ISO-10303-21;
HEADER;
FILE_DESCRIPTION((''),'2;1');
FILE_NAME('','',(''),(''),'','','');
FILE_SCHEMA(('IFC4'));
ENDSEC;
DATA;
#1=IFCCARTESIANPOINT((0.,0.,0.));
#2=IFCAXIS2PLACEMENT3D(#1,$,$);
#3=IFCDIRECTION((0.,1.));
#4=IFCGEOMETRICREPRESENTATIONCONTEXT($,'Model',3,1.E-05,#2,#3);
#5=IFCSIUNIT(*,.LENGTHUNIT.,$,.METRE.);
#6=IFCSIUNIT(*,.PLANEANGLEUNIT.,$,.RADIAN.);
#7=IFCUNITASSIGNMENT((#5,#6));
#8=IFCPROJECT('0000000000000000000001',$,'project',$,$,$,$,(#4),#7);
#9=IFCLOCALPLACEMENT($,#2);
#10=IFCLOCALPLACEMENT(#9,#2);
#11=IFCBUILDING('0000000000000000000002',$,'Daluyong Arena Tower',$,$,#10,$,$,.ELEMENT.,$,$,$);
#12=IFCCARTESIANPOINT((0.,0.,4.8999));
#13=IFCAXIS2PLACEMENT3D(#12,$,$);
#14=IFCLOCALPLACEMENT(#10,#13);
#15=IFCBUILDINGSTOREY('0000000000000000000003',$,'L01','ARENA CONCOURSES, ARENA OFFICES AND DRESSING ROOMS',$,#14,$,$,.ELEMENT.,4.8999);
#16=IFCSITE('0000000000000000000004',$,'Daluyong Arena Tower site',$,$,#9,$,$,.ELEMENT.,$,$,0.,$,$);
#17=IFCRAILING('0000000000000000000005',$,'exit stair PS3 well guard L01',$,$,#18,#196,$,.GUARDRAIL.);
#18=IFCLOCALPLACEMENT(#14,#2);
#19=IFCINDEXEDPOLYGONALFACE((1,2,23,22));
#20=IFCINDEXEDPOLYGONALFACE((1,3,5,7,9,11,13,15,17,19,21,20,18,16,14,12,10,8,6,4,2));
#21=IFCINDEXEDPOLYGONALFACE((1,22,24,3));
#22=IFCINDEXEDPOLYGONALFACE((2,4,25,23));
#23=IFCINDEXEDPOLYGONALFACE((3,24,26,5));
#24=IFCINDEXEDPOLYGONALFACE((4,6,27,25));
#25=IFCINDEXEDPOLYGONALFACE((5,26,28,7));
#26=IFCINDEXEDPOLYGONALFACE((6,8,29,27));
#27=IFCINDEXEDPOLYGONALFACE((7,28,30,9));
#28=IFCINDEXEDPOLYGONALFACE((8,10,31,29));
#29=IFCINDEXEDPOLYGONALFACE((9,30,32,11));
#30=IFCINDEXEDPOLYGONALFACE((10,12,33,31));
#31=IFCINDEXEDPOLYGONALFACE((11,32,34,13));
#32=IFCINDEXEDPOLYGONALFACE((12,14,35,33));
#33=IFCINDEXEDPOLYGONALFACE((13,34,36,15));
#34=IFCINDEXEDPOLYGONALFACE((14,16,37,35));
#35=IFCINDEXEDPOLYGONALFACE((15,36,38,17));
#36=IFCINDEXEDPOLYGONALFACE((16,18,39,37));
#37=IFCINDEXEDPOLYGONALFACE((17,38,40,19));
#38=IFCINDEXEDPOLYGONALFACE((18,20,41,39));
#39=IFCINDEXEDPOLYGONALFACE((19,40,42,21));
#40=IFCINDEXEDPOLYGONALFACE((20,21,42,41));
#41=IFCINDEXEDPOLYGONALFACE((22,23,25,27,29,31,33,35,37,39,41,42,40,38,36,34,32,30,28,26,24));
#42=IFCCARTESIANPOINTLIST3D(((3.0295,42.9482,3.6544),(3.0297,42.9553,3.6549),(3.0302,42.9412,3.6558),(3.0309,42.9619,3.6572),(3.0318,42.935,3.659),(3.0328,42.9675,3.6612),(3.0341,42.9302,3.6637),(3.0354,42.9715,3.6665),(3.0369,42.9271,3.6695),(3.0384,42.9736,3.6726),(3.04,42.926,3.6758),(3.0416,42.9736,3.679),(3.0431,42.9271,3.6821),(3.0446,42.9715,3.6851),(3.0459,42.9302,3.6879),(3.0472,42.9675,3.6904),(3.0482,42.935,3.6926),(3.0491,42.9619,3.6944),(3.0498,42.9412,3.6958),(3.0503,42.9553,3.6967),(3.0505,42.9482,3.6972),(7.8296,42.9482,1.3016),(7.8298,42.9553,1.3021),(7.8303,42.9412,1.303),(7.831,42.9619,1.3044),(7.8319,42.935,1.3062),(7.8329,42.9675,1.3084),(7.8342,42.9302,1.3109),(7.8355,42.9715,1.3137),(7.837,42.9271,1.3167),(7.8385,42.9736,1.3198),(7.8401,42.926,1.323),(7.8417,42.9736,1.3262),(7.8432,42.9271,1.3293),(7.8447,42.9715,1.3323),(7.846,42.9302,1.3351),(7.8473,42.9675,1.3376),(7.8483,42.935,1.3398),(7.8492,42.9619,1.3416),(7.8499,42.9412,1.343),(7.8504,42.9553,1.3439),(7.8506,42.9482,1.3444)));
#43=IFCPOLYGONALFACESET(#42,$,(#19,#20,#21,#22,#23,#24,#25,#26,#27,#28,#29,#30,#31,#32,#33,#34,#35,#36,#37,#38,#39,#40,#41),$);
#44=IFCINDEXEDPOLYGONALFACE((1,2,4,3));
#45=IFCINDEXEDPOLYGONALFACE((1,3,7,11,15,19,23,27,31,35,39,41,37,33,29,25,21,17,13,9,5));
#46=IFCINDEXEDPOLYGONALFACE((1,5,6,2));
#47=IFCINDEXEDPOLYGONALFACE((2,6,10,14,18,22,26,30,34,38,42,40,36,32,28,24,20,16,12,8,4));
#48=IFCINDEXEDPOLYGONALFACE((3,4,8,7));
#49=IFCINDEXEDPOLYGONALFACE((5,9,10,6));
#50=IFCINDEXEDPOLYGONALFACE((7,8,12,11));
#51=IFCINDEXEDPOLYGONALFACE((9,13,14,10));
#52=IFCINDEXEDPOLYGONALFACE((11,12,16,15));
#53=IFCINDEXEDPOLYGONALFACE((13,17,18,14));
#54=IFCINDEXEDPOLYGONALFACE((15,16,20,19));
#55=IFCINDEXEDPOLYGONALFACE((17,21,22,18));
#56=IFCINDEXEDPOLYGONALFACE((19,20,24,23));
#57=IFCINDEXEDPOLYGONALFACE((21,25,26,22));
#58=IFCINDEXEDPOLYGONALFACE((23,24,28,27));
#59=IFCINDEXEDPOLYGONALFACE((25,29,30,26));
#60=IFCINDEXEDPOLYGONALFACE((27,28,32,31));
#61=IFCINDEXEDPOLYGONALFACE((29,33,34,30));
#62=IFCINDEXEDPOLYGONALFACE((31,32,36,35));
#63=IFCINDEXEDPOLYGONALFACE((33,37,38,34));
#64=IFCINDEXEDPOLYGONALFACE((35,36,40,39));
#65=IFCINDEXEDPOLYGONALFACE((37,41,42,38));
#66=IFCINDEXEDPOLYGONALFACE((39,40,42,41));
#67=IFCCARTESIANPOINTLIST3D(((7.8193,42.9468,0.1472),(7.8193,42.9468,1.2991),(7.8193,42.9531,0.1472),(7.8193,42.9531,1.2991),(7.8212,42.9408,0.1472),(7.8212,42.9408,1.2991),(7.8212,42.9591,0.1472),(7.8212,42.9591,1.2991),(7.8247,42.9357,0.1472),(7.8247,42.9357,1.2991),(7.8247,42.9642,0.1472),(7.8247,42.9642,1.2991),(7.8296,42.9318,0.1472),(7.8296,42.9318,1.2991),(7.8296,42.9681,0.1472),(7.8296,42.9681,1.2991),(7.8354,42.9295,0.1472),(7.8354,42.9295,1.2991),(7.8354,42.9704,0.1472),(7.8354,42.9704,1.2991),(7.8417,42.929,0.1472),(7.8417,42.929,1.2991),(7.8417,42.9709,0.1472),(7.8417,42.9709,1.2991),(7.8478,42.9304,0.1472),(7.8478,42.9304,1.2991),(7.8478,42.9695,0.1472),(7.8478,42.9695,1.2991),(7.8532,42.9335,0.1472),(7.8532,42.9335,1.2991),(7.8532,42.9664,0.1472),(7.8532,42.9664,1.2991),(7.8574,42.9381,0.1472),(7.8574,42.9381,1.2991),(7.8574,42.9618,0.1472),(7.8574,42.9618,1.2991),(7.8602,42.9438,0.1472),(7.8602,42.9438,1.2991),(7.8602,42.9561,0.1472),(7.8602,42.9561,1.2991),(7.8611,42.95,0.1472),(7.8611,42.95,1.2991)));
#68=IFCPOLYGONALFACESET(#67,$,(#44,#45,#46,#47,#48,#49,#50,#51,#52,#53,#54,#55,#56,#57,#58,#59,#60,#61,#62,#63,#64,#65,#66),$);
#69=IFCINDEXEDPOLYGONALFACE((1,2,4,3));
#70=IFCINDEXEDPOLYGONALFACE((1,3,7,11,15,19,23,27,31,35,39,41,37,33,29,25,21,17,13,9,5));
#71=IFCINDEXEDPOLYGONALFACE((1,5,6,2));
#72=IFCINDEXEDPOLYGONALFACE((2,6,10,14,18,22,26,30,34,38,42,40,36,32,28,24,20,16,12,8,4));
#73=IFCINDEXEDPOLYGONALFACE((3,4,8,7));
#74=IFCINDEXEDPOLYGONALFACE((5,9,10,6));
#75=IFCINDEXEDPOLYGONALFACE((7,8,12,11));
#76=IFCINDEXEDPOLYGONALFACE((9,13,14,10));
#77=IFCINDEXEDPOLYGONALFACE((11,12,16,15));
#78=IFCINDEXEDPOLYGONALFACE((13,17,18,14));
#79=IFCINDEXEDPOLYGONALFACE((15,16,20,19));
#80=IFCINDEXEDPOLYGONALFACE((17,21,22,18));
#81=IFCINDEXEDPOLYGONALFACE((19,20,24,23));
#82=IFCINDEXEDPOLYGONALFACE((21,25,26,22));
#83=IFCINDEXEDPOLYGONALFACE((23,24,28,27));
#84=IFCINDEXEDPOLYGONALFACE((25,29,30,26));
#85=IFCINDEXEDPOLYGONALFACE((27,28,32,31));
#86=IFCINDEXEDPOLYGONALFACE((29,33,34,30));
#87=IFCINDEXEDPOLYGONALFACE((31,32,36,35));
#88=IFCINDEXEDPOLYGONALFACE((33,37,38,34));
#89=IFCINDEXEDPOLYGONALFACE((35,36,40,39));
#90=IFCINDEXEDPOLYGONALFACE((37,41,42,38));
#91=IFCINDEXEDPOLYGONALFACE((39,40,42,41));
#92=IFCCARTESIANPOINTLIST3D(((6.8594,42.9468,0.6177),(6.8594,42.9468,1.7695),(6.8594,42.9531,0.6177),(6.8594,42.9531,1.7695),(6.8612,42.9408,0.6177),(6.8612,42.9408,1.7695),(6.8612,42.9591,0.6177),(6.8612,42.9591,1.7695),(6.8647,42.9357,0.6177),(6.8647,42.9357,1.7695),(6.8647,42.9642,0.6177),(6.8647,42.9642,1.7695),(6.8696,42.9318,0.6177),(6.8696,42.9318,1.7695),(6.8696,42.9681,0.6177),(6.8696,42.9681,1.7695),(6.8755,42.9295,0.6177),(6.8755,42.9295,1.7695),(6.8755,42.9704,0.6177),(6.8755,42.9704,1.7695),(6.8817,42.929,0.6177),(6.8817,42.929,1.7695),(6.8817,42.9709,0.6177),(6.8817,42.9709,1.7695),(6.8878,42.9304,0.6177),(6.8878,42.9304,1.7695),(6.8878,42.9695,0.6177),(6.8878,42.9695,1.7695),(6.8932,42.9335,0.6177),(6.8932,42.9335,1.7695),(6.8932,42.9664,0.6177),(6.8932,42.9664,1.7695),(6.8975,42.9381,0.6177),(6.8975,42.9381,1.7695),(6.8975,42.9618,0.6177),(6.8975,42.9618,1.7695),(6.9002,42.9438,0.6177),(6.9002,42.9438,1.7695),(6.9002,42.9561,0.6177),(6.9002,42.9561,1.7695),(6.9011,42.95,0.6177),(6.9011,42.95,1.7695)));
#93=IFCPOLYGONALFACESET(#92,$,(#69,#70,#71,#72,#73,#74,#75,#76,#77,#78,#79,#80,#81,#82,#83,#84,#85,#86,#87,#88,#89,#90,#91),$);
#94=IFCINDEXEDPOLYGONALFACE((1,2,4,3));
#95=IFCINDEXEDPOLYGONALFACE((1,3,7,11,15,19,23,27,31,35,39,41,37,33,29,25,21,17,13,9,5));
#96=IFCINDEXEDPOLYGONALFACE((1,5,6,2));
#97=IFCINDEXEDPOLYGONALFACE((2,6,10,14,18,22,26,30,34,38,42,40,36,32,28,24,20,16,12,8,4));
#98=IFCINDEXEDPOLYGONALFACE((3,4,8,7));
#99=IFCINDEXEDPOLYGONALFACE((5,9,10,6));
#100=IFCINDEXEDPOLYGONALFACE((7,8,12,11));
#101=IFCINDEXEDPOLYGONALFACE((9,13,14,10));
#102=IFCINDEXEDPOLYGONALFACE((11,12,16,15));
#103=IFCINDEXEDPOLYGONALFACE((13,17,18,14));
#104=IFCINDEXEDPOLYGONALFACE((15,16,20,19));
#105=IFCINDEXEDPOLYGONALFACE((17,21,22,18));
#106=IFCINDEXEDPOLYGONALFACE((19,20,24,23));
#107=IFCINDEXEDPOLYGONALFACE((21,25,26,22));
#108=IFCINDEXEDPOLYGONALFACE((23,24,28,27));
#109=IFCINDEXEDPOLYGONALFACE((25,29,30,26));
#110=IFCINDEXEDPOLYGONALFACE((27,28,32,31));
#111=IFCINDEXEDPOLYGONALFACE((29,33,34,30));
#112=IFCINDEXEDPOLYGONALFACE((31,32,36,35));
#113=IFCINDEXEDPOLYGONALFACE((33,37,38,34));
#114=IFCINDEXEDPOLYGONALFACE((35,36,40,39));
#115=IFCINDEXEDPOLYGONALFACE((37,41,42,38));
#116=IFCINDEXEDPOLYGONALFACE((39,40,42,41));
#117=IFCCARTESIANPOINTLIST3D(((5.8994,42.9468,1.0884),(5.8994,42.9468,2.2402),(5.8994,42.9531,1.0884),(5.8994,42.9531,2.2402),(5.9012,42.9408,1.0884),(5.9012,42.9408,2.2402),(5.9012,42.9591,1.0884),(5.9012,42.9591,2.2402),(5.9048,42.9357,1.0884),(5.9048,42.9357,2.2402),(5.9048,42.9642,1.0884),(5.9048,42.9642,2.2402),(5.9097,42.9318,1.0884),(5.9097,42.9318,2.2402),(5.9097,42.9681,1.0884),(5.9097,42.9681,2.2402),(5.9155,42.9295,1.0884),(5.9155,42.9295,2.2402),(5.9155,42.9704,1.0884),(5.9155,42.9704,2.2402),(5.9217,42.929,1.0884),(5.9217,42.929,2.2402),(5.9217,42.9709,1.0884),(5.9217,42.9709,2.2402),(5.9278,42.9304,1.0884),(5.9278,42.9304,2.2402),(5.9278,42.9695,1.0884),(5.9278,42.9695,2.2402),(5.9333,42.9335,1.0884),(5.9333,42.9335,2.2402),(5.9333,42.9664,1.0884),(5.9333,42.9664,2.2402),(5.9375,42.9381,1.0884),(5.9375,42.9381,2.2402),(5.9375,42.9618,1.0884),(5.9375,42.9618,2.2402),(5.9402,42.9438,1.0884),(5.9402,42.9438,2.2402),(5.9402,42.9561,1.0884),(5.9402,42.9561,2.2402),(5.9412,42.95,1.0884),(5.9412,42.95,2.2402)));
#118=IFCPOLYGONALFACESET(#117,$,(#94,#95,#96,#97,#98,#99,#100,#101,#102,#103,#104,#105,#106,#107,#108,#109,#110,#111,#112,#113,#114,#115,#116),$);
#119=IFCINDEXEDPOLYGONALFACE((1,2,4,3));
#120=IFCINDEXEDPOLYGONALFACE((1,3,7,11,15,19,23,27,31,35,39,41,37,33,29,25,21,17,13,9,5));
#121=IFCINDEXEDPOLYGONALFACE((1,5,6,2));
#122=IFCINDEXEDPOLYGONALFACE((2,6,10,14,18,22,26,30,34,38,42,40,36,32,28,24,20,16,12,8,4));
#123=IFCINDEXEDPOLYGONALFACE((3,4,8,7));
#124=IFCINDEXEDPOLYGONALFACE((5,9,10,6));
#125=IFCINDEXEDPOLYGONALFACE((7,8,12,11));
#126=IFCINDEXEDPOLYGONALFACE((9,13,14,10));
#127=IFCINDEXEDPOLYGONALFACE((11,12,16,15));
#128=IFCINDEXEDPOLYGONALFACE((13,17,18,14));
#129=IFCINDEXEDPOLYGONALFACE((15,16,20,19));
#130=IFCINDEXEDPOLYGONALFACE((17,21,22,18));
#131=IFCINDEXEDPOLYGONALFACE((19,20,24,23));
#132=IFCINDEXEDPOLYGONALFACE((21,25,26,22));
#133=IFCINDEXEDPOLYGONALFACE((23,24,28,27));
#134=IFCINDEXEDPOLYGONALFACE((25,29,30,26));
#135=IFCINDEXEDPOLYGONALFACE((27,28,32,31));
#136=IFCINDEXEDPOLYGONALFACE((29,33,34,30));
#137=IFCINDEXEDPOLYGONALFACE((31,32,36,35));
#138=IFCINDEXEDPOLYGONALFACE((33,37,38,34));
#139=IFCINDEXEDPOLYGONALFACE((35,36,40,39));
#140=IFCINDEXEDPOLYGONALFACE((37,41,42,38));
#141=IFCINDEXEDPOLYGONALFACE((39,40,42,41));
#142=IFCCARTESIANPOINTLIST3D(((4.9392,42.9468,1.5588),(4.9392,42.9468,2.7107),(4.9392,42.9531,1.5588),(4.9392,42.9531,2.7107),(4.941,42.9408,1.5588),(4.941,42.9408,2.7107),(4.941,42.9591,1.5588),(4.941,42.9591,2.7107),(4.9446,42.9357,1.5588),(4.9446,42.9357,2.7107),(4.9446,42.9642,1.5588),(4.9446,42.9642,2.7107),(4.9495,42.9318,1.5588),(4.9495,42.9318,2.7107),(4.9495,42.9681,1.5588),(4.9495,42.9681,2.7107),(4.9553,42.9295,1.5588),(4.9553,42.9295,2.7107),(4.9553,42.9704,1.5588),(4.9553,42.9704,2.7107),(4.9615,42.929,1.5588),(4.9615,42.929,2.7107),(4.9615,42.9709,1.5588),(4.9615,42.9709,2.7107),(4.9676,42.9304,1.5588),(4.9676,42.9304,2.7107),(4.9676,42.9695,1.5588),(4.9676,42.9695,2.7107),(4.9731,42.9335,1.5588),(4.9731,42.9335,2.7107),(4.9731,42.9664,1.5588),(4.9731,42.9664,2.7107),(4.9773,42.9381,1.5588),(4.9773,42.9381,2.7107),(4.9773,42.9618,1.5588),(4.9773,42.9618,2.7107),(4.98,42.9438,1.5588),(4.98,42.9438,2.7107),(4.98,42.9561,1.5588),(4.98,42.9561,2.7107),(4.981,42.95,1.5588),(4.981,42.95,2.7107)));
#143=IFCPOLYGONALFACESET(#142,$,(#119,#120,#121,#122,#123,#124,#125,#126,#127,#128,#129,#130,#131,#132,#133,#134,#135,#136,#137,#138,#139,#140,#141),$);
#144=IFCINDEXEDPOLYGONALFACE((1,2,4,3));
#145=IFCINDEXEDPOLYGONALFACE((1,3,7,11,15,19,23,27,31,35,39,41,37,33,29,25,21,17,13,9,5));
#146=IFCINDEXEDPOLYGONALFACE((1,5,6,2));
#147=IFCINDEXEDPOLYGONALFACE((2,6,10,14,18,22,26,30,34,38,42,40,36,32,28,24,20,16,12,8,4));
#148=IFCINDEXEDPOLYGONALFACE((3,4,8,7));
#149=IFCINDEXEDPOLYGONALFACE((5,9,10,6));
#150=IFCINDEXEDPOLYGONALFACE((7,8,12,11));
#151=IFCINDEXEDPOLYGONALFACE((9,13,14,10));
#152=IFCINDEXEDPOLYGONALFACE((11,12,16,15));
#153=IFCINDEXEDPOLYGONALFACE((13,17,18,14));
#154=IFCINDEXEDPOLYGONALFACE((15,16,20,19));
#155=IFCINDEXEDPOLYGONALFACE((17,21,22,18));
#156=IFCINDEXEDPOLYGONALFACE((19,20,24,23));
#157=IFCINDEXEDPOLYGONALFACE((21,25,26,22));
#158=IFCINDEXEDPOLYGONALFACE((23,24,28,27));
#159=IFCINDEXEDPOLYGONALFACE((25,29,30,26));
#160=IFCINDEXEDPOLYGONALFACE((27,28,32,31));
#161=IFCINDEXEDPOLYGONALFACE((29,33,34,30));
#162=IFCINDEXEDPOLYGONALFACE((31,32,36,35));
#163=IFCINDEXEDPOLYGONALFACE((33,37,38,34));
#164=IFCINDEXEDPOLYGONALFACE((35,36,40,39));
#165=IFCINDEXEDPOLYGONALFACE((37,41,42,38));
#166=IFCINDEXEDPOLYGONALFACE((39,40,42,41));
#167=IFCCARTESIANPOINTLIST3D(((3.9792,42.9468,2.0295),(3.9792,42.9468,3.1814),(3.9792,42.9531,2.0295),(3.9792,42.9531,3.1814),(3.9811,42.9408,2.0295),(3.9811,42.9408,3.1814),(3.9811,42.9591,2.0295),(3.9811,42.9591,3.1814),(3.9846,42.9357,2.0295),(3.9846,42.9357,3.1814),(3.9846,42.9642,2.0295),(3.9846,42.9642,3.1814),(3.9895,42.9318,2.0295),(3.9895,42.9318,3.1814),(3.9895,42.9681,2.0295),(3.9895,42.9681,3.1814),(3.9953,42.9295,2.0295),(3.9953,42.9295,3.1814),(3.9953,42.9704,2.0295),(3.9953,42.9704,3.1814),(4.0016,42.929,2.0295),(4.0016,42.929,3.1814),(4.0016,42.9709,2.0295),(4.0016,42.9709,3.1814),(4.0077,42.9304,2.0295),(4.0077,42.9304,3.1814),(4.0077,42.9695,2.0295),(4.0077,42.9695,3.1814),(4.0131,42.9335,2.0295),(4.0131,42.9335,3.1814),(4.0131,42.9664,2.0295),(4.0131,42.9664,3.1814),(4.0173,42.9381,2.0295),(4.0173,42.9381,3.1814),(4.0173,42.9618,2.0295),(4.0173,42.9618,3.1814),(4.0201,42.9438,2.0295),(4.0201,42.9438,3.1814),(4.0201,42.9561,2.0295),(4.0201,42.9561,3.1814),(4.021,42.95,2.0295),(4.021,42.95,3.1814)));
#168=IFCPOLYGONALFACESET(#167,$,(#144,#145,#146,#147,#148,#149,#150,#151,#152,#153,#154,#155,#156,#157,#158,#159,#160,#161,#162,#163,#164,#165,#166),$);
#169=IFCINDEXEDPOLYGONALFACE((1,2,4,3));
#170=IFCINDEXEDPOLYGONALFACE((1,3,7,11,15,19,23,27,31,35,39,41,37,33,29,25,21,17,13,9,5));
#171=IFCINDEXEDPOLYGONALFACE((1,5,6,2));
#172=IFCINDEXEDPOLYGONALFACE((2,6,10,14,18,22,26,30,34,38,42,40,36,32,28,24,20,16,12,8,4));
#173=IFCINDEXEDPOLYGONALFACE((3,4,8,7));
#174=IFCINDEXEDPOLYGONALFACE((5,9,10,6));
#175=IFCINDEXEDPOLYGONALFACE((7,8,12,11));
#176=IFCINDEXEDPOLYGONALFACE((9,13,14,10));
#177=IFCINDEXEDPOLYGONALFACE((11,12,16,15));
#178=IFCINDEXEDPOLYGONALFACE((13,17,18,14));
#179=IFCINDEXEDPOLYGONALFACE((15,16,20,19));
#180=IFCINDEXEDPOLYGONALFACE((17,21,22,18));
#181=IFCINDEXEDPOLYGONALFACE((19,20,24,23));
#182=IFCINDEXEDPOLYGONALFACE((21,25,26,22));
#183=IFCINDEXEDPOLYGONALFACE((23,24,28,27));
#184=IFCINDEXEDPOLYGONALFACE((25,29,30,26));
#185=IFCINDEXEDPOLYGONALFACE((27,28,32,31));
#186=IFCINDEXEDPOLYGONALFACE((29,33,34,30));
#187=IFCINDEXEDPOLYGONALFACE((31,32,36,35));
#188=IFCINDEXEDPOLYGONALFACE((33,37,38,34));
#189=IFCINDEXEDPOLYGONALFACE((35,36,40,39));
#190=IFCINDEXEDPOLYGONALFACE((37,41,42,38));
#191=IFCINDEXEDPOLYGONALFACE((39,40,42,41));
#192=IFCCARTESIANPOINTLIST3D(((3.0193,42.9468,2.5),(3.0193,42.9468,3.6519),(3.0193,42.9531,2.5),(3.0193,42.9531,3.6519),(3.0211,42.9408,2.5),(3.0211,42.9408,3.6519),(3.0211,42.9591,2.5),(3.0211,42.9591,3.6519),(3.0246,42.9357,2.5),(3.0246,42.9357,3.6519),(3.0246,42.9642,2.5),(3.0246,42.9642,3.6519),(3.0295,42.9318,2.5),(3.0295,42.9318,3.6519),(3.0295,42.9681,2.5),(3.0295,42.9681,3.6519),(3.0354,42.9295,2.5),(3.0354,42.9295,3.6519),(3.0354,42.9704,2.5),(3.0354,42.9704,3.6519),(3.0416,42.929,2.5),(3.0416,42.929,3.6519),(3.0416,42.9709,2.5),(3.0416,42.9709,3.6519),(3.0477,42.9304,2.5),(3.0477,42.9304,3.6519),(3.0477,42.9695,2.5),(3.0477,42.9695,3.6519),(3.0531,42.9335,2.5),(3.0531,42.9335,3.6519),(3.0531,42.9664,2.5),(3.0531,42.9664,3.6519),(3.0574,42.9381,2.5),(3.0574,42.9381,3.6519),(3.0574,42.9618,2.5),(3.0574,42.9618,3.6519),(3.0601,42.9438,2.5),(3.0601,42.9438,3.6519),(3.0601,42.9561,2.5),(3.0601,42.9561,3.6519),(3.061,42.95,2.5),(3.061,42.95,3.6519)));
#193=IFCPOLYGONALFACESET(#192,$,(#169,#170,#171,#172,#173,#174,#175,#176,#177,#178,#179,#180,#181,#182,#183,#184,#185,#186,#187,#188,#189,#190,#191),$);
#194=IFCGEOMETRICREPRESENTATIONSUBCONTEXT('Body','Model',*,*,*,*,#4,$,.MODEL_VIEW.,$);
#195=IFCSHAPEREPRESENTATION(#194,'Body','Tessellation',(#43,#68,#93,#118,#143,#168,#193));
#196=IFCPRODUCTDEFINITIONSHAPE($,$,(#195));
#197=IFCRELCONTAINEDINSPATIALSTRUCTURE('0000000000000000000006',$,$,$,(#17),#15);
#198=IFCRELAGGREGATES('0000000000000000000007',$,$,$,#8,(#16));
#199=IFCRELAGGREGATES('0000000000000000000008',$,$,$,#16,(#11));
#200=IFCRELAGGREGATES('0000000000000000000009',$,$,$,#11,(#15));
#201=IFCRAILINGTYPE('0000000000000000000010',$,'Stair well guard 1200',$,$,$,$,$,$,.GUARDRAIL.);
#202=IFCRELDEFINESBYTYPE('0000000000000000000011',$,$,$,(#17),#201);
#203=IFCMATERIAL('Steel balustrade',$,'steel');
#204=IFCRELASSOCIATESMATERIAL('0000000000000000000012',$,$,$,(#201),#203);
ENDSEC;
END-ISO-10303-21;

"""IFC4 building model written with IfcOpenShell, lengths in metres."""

from ifc_helpers import new_model, si_unit, direction, frame, origin, origin_2d, place, context, subcontext, project, spatial, circle, extrude, material, type_object, element, save


model = new_model("IFC4")

# Units and contexts
model_context = context("Model", 3, precision=1e-05, world=origin(), true_north=direction((0.0, 1.0)))
body_context = subcontext(model_context, "Body", "Model", "MODEL_VIEW")
ifc_project = project(units=[si_unit("LENGTHUNIT", "METRE"), si_unit("PLANEANGLEUNIT", "RADIAN")], contexts=[model_context])

# Site, building, storey
site_placement = place(None, origin())
site = spatial("IfcSite", under=ifc_project, at=site_placement, Name="Daluyong Arena Tower site", CompositionType="ELEMENT", RefElevation=0.0)
building_placement = place(site_placement, origin())
building = spatial("IfcBuilding", under=site, at=building_placement, Name="Daluyong Arena Tower", CompositionType="ELEMENT")
storey_placement = place(building_placement, frame((0.0, 0.0, 4.8999)))
storey = spatial("IfcBuildingStorey", under=building, at=storey_placement, Name="L01", Description="ARENA CONCOURSES, ARENA OFFICES AND DRESSING ROOMS", CompositionType="ELEMENT", Elevation=4.8999)

# Railing
ifc_material_1 = material(Name="Steel balustrade", Category="steel")
railing_type_1 = type_object("IfcRailingType", Name="Stair well guard 1200", PredefinedType="GUARDRAIL", material=ifc_material_1)
railing_1_placement = place(storey_placement, frame((7.8401, 42.95, 0.1472)))
element("IfcRailing", 1, at=railing_1_placement, inside=storey, type_object=railing_type_1, Name="exit stair PS3 well guard L01", PredefinedType="GUARDRAIL", context=body_context, shape_type="SweptSolid", body=[
    extrude(circle(Radius=0.0239, at=origin_2d()), frame((0.0, 0.0, 1.1758), z_axis=(-0.897934, 0.0, 0.44013), x_axis=(0.0, -1.0, 0.0)), (0.0, 0.0, 1.0), 5.3457),
    extrude(circle(Radius=0.021, at=origin_2d()), origin(), (0.0, 0.0, 1.0), 1.1519),
    extrude(circle(Radius=0.021, at=origin_2d()), frame((-0.96, 0.0, 0.4705)), (0.0, 0.0, 1.0), 1.1519),
    extrude(circle(Radius=0.021, at=origin_2d()), frame((-1.9199, 0.0, 0.9412)), (0.0, 0.0, 1.0), 1.1519),
    extrude(circle(Radius=0.021, at=origin_2d()), frame((-2.8801, 0.0, 1.4116)), (0.0, 0.0, 1.0), 1.1519),
    extrude(circle(Radius=0.021, at=origin_2d()), frame((-3.8401, 0.0, 1.8823)), (0.0, 0.0, 1.0), 1.1519),
    extrude(circle(Radius=0.021, at=origin_2d()), frame((-4.8, 0.0, 2.3528)), (0.0, 0.0, 1.0), 1.1519),
])

save(model, "model.ifc")
